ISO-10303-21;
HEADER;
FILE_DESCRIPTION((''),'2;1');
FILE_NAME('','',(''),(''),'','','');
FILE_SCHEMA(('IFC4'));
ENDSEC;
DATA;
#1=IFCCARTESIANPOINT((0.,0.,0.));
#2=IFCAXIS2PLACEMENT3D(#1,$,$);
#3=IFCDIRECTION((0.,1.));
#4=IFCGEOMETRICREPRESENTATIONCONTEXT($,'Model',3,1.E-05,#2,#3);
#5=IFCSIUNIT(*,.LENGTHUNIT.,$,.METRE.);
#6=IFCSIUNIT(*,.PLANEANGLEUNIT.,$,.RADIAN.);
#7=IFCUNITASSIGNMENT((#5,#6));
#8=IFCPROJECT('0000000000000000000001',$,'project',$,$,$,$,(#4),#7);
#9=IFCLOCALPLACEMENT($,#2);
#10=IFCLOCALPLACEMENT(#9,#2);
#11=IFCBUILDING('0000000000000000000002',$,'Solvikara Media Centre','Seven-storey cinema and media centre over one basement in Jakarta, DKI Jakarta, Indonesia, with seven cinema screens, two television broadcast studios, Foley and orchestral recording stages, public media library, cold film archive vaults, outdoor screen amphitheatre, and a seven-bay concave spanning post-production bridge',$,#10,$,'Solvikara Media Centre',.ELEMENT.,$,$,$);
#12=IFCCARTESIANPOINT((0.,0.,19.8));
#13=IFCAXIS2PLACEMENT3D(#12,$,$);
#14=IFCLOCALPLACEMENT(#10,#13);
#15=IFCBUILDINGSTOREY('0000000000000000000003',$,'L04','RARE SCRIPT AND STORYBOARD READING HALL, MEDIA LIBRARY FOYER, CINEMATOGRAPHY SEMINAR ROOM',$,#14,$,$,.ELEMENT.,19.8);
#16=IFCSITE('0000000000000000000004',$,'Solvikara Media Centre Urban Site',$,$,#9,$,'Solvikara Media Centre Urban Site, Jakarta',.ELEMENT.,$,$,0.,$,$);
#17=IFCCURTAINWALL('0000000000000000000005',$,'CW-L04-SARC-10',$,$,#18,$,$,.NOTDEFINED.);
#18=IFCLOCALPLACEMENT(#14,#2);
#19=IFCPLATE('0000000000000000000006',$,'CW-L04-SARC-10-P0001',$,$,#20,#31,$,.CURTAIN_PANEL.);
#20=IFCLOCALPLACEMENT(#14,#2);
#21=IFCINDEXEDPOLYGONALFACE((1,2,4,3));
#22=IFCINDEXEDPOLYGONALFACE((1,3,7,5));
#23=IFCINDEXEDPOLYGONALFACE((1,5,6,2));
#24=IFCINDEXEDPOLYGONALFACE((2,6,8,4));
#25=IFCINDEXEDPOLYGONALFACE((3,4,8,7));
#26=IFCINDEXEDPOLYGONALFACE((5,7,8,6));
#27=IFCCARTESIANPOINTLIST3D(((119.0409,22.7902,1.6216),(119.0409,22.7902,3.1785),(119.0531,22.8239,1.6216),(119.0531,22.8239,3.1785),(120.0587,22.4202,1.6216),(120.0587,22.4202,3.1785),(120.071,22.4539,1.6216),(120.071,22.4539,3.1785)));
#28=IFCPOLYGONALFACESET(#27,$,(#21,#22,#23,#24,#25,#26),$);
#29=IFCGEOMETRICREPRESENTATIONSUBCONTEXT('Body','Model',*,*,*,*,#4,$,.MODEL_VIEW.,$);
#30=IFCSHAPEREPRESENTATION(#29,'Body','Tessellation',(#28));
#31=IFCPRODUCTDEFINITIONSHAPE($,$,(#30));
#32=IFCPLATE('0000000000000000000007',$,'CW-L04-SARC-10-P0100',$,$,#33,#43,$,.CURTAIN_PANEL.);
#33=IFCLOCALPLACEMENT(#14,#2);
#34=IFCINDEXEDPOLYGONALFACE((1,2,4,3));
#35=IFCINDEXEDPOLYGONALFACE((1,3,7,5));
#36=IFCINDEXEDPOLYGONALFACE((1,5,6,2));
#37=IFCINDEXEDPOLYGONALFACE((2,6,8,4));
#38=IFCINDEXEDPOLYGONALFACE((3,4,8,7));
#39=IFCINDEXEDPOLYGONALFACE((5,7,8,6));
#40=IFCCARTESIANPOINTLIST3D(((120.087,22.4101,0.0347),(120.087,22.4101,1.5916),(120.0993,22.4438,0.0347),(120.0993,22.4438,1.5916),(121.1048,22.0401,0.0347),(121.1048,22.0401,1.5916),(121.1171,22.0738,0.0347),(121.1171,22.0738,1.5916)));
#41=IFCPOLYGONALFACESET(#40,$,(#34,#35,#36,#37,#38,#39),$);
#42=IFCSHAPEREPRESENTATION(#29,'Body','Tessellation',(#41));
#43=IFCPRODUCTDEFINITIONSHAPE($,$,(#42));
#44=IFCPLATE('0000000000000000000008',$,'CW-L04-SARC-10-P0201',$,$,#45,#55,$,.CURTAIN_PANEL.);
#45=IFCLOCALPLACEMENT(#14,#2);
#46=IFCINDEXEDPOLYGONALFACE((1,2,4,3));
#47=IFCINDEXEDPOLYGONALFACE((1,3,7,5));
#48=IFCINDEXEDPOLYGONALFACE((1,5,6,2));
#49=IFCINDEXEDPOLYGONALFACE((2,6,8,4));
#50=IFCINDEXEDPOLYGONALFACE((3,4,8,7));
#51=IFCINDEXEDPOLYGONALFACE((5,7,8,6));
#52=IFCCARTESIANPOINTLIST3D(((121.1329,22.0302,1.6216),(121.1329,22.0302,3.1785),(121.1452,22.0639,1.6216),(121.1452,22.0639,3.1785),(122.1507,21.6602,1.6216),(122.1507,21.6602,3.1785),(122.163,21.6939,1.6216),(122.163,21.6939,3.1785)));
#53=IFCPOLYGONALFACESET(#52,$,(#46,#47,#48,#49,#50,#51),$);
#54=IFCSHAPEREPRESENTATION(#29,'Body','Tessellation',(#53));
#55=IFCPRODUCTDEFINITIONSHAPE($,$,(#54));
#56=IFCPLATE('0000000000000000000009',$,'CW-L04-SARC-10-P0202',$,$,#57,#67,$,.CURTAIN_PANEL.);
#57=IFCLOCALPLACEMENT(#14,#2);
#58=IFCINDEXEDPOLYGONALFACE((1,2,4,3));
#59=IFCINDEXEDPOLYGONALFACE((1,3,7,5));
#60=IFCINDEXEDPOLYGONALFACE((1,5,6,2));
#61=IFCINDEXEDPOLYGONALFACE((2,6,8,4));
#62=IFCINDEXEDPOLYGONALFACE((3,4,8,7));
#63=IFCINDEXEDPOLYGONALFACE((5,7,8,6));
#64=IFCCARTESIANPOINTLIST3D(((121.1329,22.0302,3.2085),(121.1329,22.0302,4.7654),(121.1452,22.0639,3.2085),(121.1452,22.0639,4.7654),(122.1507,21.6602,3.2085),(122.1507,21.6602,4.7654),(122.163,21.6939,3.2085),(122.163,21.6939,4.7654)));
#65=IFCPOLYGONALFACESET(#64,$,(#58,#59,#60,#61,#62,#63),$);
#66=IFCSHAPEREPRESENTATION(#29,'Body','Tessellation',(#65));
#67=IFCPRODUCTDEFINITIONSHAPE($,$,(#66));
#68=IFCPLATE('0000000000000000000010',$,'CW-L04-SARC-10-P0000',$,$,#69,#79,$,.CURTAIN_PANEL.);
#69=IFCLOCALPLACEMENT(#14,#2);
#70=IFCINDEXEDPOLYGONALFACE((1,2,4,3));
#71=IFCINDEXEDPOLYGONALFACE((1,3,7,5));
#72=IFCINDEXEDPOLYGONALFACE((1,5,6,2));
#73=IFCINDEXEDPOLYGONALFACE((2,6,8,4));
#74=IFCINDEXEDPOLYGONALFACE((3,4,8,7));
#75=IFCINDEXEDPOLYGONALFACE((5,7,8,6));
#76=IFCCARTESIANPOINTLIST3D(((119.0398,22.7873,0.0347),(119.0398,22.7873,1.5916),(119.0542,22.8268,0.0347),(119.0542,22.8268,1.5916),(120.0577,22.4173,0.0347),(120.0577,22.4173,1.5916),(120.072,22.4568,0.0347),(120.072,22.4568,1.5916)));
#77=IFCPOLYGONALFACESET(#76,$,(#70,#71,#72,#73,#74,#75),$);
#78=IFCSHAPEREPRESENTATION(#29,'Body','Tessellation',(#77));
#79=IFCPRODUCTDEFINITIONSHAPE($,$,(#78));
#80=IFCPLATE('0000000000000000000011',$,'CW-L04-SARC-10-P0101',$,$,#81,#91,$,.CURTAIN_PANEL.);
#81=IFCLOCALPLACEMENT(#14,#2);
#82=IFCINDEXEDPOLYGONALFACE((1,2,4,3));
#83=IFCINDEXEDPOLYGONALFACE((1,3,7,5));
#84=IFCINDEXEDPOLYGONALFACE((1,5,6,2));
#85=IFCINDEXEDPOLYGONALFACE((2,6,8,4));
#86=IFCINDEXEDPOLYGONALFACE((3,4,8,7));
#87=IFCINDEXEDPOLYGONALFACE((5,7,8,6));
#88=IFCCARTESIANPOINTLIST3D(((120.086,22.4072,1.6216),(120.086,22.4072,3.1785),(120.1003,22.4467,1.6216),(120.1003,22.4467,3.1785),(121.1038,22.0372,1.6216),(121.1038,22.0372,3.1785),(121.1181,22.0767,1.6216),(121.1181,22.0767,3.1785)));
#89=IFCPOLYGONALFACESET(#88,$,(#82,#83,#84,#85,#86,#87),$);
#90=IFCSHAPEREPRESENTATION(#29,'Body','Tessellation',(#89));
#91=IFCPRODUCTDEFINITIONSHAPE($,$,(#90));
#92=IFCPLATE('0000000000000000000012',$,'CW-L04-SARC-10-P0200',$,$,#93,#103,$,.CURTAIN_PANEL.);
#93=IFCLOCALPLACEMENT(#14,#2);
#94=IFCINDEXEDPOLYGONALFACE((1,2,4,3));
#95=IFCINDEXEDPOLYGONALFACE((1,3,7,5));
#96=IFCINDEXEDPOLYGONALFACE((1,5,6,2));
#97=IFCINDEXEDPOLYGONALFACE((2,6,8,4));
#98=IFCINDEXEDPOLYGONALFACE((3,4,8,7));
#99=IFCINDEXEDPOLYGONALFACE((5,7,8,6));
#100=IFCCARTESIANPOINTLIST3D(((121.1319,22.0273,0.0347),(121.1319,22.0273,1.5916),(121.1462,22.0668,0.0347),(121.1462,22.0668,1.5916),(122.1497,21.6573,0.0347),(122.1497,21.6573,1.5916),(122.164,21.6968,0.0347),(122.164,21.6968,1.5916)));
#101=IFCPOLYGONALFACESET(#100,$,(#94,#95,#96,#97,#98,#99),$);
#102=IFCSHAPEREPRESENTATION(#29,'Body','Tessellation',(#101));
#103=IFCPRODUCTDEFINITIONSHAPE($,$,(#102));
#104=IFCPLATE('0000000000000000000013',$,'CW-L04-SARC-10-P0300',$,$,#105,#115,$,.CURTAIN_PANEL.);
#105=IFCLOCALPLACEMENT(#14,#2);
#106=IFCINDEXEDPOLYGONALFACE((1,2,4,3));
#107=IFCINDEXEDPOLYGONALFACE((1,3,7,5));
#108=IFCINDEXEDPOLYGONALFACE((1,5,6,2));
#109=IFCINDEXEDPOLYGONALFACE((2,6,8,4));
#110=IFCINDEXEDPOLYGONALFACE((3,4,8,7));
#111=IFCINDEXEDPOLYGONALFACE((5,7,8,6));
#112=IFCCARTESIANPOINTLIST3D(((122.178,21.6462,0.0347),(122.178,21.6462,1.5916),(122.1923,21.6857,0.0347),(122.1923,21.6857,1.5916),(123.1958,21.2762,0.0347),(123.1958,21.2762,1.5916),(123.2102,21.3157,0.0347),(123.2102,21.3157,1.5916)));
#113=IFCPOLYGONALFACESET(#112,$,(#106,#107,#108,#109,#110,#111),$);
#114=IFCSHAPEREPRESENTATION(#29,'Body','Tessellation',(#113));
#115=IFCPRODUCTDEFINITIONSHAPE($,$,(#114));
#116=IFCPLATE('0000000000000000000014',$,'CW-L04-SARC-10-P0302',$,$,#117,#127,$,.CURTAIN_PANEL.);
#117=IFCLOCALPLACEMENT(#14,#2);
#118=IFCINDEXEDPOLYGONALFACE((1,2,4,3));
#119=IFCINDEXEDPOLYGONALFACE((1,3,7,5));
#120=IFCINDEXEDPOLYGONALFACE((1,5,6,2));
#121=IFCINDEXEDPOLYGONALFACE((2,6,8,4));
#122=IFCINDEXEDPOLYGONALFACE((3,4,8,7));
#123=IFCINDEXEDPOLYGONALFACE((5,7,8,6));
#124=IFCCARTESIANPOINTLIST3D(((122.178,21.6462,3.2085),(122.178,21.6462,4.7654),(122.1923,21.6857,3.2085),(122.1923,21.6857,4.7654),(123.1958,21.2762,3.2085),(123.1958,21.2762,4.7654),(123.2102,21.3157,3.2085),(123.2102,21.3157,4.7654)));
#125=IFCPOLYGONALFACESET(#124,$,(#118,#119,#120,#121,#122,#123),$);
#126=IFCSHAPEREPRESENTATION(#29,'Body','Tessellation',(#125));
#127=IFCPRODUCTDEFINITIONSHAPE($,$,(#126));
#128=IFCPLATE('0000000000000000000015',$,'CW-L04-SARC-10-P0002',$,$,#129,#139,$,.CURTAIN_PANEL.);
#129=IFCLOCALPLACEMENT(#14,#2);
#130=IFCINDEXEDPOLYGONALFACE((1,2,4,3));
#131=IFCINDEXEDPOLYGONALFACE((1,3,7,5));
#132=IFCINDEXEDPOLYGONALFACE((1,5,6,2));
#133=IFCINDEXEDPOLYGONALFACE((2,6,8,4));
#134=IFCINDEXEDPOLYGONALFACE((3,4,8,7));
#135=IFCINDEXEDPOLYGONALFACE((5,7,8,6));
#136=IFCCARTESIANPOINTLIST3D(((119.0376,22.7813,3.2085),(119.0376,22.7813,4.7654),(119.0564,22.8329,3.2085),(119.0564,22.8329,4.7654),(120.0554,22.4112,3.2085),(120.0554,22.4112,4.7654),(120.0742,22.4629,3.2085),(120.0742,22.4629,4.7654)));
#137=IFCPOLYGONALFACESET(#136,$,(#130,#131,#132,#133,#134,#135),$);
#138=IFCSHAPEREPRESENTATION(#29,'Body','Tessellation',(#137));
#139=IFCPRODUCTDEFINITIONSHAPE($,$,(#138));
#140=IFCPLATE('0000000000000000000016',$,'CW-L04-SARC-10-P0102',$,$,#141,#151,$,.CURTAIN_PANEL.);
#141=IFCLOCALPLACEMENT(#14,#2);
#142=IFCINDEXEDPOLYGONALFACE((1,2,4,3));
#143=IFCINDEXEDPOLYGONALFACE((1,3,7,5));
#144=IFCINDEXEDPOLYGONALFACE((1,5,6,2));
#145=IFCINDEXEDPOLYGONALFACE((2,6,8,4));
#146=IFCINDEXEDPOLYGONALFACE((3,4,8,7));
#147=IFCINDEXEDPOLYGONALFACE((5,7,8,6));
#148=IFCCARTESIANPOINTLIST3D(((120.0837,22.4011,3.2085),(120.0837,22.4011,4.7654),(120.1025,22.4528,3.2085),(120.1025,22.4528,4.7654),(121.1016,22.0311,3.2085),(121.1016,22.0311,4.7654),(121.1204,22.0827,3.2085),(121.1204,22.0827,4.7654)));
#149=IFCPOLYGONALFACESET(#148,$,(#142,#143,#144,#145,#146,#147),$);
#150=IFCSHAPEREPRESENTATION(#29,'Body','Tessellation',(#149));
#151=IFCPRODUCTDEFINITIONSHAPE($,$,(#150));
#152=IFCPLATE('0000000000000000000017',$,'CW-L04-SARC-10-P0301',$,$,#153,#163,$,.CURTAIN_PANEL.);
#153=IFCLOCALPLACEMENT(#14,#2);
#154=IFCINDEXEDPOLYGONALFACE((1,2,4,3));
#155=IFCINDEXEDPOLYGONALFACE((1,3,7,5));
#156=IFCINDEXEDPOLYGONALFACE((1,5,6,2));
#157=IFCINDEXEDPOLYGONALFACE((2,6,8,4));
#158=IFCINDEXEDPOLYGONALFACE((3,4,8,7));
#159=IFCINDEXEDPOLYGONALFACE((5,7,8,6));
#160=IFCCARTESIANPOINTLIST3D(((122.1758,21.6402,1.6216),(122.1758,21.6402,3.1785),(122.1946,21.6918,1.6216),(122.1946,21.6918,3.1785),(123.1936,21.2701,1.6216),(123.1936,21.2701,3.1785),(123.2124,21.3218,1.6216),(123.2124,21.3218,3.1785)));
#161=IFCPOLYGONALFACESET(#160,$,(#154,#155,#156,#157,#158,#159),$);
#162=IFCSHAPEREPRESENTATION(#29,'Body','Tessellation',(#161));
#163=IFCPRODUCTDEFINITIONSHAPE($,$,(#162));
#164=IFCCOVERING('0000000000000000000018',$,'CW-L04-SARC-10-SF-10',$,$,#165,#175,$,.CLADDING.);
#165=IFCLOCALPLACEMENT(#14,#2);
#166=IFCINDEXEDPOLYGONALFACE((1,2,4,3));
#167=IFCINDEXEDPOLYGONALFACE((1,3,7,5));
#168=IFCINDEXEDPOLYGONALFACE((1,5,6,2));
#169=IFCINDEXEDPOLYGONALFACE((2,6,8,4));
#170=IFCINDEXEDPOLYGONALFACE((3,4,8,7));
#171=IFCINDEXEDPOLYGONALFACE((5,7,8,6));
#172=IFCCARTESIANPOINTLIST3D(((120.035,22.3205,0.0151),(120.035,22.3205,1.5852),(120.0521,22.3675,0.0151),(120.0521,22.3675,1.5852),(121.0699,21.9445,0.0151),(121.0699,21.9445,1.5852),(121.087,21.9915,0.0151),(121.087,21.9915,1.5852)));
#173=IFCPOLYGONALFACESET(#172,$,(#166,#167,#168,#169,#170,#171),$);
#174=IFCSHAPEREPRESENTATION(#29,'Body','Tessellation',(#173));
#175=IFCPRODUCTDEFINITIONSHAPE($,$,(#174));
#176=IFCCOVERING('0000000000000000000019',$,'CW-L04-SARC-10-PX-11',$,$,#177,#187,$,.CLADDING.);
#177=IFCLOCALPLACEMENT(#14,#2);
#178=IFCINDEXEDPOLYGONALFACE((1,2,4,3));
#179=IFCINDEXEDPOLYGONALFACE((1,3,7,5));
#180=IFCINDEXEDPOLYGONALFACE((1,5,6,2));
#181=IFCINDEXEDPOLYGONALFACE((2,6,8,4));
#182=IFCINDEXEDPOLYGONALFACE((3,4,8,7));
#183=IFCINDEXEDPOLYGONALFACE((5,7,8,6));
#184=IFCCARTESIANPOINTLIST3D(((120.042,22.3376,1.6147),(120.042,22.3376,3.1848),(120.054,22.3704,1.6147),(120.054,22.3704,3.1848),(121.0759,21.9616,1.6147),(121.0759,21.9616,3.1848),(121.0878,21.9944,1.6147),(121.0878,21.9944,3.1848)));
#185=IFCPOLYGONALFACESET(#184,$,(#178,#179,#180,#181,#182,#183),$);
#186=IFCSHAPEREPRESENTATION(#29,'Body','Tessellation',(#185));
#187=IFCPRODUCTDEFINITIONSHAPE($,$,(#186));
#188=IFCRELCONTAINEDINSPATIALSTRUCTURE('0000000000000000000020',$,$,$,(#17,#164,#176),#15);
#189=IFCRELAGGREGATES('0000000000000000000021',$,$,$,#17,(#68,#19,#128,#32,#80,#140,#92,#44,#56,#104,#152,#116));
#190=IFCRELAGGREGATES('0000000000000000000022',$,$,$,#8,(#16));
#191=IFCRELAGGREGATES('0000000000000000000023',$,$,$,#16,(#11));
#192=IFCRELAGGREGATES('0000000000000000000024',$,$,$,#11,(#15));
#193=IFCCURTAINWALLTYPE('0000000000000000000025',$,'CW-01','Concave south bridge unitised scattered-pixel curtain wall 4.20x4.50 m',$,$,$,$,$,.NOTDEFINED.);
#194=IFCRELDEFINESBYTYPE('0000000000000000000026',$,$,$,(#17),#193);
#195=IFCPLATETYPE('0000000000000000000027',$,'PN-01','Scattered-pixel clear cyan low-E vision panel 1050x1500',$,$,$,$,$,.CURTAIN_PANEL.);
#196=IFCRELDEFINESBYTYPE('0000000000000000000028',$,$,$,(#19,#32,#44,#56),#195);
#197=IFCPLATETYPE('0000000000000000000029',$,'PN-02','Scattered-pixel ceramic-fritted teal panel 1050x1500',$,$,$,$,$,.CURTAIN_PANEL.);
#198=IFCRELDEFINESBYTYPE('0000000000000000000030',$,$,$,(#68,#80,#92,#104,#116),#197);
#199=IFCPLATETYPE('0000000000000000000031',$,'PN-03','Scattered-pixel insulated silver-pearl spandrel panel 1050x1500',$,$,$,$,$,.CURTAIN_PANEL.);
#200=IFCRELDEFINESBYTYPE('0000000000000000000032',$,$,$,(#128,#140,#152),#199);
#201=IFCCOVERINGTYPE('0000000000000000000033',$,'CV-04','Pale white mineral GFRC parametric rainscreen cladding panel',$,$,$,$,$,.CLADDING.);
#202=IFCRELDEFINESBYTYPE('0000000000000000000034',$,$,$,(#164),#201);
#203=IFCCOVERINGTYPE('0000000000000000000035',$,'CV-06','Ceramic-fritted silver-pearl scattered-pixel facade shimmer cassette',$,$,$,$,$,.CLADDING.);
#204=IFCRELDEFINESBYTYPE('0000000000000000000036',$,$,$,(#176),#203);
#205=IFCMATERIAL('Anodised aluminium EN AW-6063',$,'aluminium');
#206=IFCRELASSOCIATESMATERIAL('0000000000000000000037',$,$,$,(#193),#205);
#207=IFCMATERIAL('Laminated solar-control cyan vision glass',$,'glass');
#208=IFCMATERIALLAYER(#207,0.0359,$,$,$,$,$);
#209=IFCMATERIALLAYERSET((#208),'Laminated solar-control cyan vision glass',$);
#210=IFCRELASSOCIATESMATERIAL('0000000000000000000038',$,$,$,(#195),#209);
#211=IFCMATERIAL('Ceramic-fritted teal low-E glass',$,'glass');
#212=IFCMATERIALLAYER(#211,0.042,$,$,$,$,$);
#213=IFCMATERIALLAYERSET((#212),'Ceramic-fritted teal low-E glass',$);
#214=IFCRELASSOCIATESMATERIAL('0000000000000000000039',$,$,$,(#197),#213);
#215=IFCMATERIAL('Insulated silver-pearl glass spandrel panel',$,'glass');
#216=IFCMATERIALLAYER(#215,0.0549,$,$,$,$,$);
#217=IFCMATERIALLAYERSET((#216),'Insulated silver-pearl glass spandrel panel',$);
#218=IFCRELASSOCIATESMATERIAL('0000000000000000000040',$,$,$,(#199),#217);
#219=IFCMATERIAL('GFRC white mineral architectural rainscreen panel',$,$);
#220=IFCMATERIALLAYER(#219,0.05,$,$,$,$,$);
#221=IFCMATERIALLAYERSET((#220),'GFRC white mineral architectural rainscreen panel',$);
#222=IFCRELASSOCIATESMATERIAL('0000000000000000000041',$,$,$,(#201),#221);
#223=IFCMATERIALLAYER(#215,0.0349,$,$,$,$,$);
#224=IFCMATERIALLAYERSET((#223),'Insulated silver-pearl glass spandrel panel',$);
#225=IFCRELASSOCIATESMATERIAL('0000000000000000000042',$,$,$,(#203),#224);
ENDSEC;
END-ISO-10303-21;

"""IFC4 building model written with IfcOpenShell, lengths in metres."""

from ifc_helpers import new_model, si_unit, direction, frame, origin, origin_2d, place, context, subcontext, project, spatial, rectangle, extrude, material, layer, layer_set, type_object, element, aggregate, save


model = new_model("IFC4")

# Units and contexts
model_context = context("Model", 3, precision=1e-05, world=origin(), true_north=direction((0.0, 1.0)))
body_context = subcontext(model_context, "Body", "Model", "MODEL_VIEW")
ifc_project = project(units=[si_unit("LENGTHUNIT", "METRE"), si_unit("PLANEANGLEUNIT", "RADIAN")], contexts=[model_context])

# Site, building, storey
site_placement = place(None, origin())
site = spatial("IfcSite", under=ifc_project, at=site_placement, Name="Solvikara Media Centre Urban Site", LongName="Solvikara Media Centre Urban Site, Jakarta", CompositionType="ELEMENT", RefElevation=0.0)
building_placement = place(site_placement, origin())
building = spatial("IfcBuilding", under=site, at=building_placement, Name="Solvikara Media Centre", Description="Seven-storey cinema and media centre over one basement in Jakarta, DKI Jakarta, Indonesia, with seven cinema screens, two television broadcast studios, Foley and orchestral recording stages, public media library, cold film archive vaults, outdoor screen amphitheatre, and a seven-bay concave spanning post-production bridge", LongName="Solvikara Media Centre", CompositionType="ELEMENT")
storey_placement = place(building_placement, frame((0.0, 0.0, 19.8)))
storey = spatial("IfcBuildingStorey", under=building, at=storey_placement, Name="L04", Description="RARE SCRIPT AND STORYBOARD READING HALL, MEDIA LIBRARY FOYER, CINEMATOGRAPHY SEMINAR ROOM", CompositionType="ELEMENT", Elevation=19.8)

# Curtain wall, plates
ifc_material_1 = material(Name="Anodised aluminium EN AW-6063", Category="aluminium")
curtain_wall_type = type_object("IfcCurtainWallType", Name="CW-01", Description="Concave south bridge unitised scattered-pixel curtain wall 4.20x4.50 m", PredefinedType="NOTDEFINED", material=ifc_material_1)
curtain_wall_placement = place(storey_placement, origin())
curtain_wall = element("IfcCurtainWall", 1, at=curtain_wall_placement, inside=storey, type_object=curtain_wall_type, Name="CW-L04-SARC-10", PredefinedType="NOTDEFINED")
ifc_material_2 = material(Name="Laminated solar-control cyan vision glass", Category="glass")
ifc_layer_1 = layer(ifc_material_2, 0.0359)
ifc_layer_set_1 = layer_set([ifc_layer_1], Name="Laminated solar-control cyan vision glass")
plate_type_1 = type_object("IfcPlateType", Name="PN-01", Description="Scattered-pixel clear cyan low-E vision panel 1050x1500", PredefinedType="CURTAIN_PANEL", material=ifc_layer_set_1)
plate_1_placement = place(storey_placement, frame((119.5559, 22.6221, 1.6216), z_axis=(0.0, 0.0, 1.0), x_axis=(0.939824, -0.341659, 0.0)))
plate_1 = element("IfcPlate", 2, at=plate_1_placement, type_object=plate_type_1, Name="CW-L04-SARC-10-P0001", PredefinedType="CURTAIN_PANEL", context=body_context, shape_type="SweptSolid", body=[
    extrude(rectangle(XDim=1.083, YDim=0.0359, at=origin_2d()), origin(), (0.0, 0.0, 1.0), 1.5569),
])
plate_2_placement = place(storey_placement, frame((120.6021, 22.2419, 0.0347), z_axis=(0.0, 0.0, 1.0), x_axis=(0.939824, -0.341659, 0.0)))
plate_2 = element("IfcPlate", 3, at=plate_2_placement, type_object=plate_type_1, Name="CW-L04-SARC-10-P0100", PredefinedType="CURTAIN_PANEL", context=body_context, shape_type="SweptSolid", body=[
    extrude(rectangle(XDim=1.083, YDim=0.0359, at=origin_2d()), origin(), (0.0, 0.0, 1.0), 1.5569),
])
plate_3_placement = place(storey_placement, frame((121.6479, 21.8621, 1.6216), z_axis=(0.0, 0.0, 1.0), x_axis=(0.939824, -0.341659, 0.0)))
plate_3 = element("IfcPlate", 4, at=plate_3_placement, type_object=plate_type_1, Name="CW-L04-SARC-10-P0201", PredefinedType="CURTAIN_PANEL", context=body_context, shape_type="SweptSolid", body=[
    extrude(rectangle(XDim=1.083, YDim=0.0359, at=origin_2d()), origin(), (0.0, 0.0, 1.0), 1.5569),
])
plate_4_placement = place(storey_placement, frame((121.6479, 21.8621, 3.2085), z_axis=(0.0, 0.0, 1.0), x_axis=(0.939824, -0.341659, 0.0)))
plate_4 = element("IfcPlate", 5, at=plate_4_placement, type_object=plate_type_1, Name="CW-L04-SARC-10-P0202", PredefinedType="CURTAIN_PANEL", context=body_context, shape_type="SweptSolid", body=[
    extrude(rectangle(XDim=1.083, YDim=0.0359, at=origin_2d()), origin(), (0.0, 0.0, 1.0), 1.5569),
])
ifc_material_3 = material(Name="Ceramic-fritted teal low-E glass", Category="glass")
ifc_layer_2 = layer(ifc_material_3, 0.042)
ifc_layer_set_2 = layer_set([ifc_layer_2], Name="Ceramic-fritted teal low-E glass")
plate_type_2 = type_object("IfcPlateType", Name="PN-02", Description="Scattered-pixel ceramic-fritted teal panel 1050x1500", PredefinedType="CURTAIN_PANEL", material=ifc_layer_set_2)
plate_5_placement = place(storey_placement, frame((119.5559, 22.6221, 0.0347), z_axis=(0.0, 0.0, 1.0), x_axis=(0.939824, -0.341659, 0.0)))
plate_5 = element("IfcPlate", 6, at=plate_5_placement, type_object=plate_type_2, Name="CW-L04-SARC-10-P0000", PredefinedType="CURTAIN_PANEL", context=body_context, shape_type="SweptSolid", body=[
    extrude(rectangle(XDim=1.083, YDim=0.042, at=origin_2d()), origin(), (0.0, 0.0, 1.0), 1.5569),
])
plate_6_placement = place(storey_placement, frame((120.6021, 22.2419, 1.6216), z_axis=(0.0, 0.0, 1.0), x_axis=(0.939824, -0.341659, 0.0)))
plate_6 = element("IfcPlate", 7, at=plate_6_placement, type_object=plate_type_2, Name="CW-L04-SARC-10-P0101", PredefinedType="CURTAIN_PANEL", context=body_context, shape_type="SweptSolid", body=[
    extrude(rectangle(XDim=1.083, YDim=0.042, at=origin_2d()), origin(), (0.0, 0.0, 1.0), 1.5569),
])
plate_7_placement = place(storey_placement, frame((121.6479, 21.8621, 0.0347), z_axis=(0.0, 0.0, 1.0), x_axis=(0.939824, -0.341659, 0.0)))
plate_7 = element("IfcPlate", 8, at=plate_7_placement, type_object=plate_type_2, Name="CW-L04-SARC-10-P0200", PredefinedType="CURTAIN_PANEL", context=body_context, shape_type="SweptSolid", body=[
    extrude(rectangle(XDim=1.083, YDim=0.042, at=origin_2d()), origin(), (0.0, 0.0, 1.0), 1.5569),
])
plate_8_placement = place(storey_placement, frame((122.6941, 21.481, 0.0347), z_axis=(0.0, 0.0, 1.0), x_axis=(0.939824, -0.341659, 0.0)))
plate_8 = element("IfcPlate", 9, at=plate_8_placement, type_object=plate_type_2, Name="CW-L04-SARC-10-P0300", PredefinedType="CURTAIN_PANEL", context=body_context, shape_type="SweptSolid", body=[
    extrude(rectangle(XDim=1.083, YDim=0.042, at=origin_2d()), origin(), (0.0, 0.0, 1.0), 1.5569),
])
plate_9_placement = place(storey_placement, frame((122.6941, 21.481, 3.2085), z_axis=(0.0, 0.0, 1.0), x_axis=(0.939824, -0.341659, 0.0)))
plate_9 = element("IfcPlate", 10, at=plate_9_placement, type_object=plate_type_2, Name="CW-L04-SARC-10-P0302", PredefinedType="CURTAIN_PANEL", context=body_context, shape_type="SweptSolid", body=[
    extrude(rectangle(XDim=1.083, YDim=0.042, at=origin_2d()), origin(), (0.0, 0.0, 1.0), 1.5569),
])
ifc_material_4 = material(Name="Insulated silver-pearl glass spandrel panel", Category="glass")
ifc_layer_3 = layer(ifc_material_4, 0.0549)
ifc_layer_set_3 = layer_set([ifc_layer_3], Name="Insulated silver-pearl glass spandrel panel")
plate_type_3 = type_object("IfcPlateType", Name="PN-03", Description="Scattered-pixel insulated silver-pearl spandrel panel 1050x1500", PredefinedType="CURTAIN_PANEL", material=ifc_layer_set_3)
plate_10_placement = place(storey_placement, frame((119.5559, 22.6221, 3.2085), z_axis=(0.0, 0.0, 1.0), x_axis=(0.939824, -0.341659, 0.0)))
plate_10 = element("IfcPlate", 11, at=plate_10_placement, type_object=plate_type_3, Name="CW-L04-SARC-10-P0002", PredefinedType="CURTAIN_PANEL", context=body_context, shape_type="SweptSolid", body=[
    extrude(rectangle(XDim=1.083, YDim=0.0549, at=origin_2d()), origin(), (0.0, 0.0, 1.0), 1.5569),
])
plate_11_placement = place(storey_placement, frame((120.6021, 22.2419, 3.2085), z_axis=(0.0, 0.0, 1.0), x_axis=(0.939824, -0.341659, 0.0)))
plate_11 = element("IfcPlate", 12, at=plate_11_placement, type_object=plate_type_3, Name="CW-L04-SARC-10-P0102", PredefinedType="CURTAIN_PANEL", context=body_context, shape_type="SweptSolid", body=[
    extrude(rectangle(XDim=1.083, YDim=0.0549, at=origin_2d()), origin(), (0.0, 0.0, 1.0), 1.5569),
])
plate_12_placement = place(storey_placement, frame((122.6941, 21.481, 1.6216), z_axis=(0.0, 0.0, 1.0), x_axis=(0.939824, -0.341659, 0.0)))
plate_12 = element("IfcPlate", 13, at=plate_12_placement, type_object=plate_type_3, Name="CW-L04-SARC-10-P0301", PredefinedType="CURTAIN_PANEL", context=body_context, shape_type="SweptSolid", body=[
    extrude(rectangle(XDim=1.083, YDim=0.0549, at=origin_2d()), origin(), (0.0, 0.0, 1.0), 1.5569),
])
aggregate(curtain_wall, [plate_5, plate_1, plate_10, plate_2, plate_6, plate_11, plate_7, plate_3, plate_4, plate_8, plate_12, plate_9])

# Coverings
ifc_material_5 = material(Name="GFRC white mineral architectural rainscreen panel")
ifc_layer_4 = layer(ifc_material_5, 0.05)
ifc_layer_set_4 = layer_set([ifc_layer_4], Name="GFRC white mineral architectural rainscreen panel")
covering_type_1 = type_object("IfcCoveringType", Name="CV-04", Description="Pale white mineral GFRC parametric rainscreen cladding panel", PredefinedType="CLADDING", material=ifc_layer_set_4)
covering_1_placement = place(storey_placement, frame((120.561, 22.156, 0.0151), z_axis=(0.0, 0.0, 1.0), x_axis=(0.939901, -0.341446, 0.0)))
element("IfcCovering", 14, at=covering_1_placement, inside=storey, type_object=covering_type_1, Name="CW-L04-SARC-10-SF-10", PredefinedType="CLADDING", context=body_context, shape_type="SweptSolid", body=[
    extrude(rectangle(XDim=1.1011, YDim=0.05, at=origin_2d()), origin(), (0.0, 0.0, 1.0), 1.5701),
])
ifc_layer_5 = layer(ifc_material_4, 0.0349)
ifc_layer_set_5 = layer_set([ifc_layer_5], Name="Insulated silver-pearl glass spandrel panel")
covering_type_2 = type_object("IfcCoveringType", Name="CV-06", Description="Ceramic-fritted silver-pearl scattered-pixel facade shimmer cassette", PredefinedType="CLADDING", material=ifc_layer_set_5)
covering_2_placement = place(storey_placement, frame((120.5649, 22.166, 1.6147), z_axis=(0.0, 0.0, 1.0), x_axis=(0.939794, -0.341741, 0.0)))
element("IfcCovering", 15, at=covering_2_placement, inside=storey, type_object=covering_type_2, Name="CW-L04-SARC-10-PX-11", PredefinedType="CLADDING", context=body_context, shape_type="SweptSolid", body=[
    extrude(rectangle(XDim=1.1001, YDim=0.0349, at=origin_2d()), origin(), (0.0, 0.0, 1.0), 1.5701),
])

save(model, "model.ifc")
